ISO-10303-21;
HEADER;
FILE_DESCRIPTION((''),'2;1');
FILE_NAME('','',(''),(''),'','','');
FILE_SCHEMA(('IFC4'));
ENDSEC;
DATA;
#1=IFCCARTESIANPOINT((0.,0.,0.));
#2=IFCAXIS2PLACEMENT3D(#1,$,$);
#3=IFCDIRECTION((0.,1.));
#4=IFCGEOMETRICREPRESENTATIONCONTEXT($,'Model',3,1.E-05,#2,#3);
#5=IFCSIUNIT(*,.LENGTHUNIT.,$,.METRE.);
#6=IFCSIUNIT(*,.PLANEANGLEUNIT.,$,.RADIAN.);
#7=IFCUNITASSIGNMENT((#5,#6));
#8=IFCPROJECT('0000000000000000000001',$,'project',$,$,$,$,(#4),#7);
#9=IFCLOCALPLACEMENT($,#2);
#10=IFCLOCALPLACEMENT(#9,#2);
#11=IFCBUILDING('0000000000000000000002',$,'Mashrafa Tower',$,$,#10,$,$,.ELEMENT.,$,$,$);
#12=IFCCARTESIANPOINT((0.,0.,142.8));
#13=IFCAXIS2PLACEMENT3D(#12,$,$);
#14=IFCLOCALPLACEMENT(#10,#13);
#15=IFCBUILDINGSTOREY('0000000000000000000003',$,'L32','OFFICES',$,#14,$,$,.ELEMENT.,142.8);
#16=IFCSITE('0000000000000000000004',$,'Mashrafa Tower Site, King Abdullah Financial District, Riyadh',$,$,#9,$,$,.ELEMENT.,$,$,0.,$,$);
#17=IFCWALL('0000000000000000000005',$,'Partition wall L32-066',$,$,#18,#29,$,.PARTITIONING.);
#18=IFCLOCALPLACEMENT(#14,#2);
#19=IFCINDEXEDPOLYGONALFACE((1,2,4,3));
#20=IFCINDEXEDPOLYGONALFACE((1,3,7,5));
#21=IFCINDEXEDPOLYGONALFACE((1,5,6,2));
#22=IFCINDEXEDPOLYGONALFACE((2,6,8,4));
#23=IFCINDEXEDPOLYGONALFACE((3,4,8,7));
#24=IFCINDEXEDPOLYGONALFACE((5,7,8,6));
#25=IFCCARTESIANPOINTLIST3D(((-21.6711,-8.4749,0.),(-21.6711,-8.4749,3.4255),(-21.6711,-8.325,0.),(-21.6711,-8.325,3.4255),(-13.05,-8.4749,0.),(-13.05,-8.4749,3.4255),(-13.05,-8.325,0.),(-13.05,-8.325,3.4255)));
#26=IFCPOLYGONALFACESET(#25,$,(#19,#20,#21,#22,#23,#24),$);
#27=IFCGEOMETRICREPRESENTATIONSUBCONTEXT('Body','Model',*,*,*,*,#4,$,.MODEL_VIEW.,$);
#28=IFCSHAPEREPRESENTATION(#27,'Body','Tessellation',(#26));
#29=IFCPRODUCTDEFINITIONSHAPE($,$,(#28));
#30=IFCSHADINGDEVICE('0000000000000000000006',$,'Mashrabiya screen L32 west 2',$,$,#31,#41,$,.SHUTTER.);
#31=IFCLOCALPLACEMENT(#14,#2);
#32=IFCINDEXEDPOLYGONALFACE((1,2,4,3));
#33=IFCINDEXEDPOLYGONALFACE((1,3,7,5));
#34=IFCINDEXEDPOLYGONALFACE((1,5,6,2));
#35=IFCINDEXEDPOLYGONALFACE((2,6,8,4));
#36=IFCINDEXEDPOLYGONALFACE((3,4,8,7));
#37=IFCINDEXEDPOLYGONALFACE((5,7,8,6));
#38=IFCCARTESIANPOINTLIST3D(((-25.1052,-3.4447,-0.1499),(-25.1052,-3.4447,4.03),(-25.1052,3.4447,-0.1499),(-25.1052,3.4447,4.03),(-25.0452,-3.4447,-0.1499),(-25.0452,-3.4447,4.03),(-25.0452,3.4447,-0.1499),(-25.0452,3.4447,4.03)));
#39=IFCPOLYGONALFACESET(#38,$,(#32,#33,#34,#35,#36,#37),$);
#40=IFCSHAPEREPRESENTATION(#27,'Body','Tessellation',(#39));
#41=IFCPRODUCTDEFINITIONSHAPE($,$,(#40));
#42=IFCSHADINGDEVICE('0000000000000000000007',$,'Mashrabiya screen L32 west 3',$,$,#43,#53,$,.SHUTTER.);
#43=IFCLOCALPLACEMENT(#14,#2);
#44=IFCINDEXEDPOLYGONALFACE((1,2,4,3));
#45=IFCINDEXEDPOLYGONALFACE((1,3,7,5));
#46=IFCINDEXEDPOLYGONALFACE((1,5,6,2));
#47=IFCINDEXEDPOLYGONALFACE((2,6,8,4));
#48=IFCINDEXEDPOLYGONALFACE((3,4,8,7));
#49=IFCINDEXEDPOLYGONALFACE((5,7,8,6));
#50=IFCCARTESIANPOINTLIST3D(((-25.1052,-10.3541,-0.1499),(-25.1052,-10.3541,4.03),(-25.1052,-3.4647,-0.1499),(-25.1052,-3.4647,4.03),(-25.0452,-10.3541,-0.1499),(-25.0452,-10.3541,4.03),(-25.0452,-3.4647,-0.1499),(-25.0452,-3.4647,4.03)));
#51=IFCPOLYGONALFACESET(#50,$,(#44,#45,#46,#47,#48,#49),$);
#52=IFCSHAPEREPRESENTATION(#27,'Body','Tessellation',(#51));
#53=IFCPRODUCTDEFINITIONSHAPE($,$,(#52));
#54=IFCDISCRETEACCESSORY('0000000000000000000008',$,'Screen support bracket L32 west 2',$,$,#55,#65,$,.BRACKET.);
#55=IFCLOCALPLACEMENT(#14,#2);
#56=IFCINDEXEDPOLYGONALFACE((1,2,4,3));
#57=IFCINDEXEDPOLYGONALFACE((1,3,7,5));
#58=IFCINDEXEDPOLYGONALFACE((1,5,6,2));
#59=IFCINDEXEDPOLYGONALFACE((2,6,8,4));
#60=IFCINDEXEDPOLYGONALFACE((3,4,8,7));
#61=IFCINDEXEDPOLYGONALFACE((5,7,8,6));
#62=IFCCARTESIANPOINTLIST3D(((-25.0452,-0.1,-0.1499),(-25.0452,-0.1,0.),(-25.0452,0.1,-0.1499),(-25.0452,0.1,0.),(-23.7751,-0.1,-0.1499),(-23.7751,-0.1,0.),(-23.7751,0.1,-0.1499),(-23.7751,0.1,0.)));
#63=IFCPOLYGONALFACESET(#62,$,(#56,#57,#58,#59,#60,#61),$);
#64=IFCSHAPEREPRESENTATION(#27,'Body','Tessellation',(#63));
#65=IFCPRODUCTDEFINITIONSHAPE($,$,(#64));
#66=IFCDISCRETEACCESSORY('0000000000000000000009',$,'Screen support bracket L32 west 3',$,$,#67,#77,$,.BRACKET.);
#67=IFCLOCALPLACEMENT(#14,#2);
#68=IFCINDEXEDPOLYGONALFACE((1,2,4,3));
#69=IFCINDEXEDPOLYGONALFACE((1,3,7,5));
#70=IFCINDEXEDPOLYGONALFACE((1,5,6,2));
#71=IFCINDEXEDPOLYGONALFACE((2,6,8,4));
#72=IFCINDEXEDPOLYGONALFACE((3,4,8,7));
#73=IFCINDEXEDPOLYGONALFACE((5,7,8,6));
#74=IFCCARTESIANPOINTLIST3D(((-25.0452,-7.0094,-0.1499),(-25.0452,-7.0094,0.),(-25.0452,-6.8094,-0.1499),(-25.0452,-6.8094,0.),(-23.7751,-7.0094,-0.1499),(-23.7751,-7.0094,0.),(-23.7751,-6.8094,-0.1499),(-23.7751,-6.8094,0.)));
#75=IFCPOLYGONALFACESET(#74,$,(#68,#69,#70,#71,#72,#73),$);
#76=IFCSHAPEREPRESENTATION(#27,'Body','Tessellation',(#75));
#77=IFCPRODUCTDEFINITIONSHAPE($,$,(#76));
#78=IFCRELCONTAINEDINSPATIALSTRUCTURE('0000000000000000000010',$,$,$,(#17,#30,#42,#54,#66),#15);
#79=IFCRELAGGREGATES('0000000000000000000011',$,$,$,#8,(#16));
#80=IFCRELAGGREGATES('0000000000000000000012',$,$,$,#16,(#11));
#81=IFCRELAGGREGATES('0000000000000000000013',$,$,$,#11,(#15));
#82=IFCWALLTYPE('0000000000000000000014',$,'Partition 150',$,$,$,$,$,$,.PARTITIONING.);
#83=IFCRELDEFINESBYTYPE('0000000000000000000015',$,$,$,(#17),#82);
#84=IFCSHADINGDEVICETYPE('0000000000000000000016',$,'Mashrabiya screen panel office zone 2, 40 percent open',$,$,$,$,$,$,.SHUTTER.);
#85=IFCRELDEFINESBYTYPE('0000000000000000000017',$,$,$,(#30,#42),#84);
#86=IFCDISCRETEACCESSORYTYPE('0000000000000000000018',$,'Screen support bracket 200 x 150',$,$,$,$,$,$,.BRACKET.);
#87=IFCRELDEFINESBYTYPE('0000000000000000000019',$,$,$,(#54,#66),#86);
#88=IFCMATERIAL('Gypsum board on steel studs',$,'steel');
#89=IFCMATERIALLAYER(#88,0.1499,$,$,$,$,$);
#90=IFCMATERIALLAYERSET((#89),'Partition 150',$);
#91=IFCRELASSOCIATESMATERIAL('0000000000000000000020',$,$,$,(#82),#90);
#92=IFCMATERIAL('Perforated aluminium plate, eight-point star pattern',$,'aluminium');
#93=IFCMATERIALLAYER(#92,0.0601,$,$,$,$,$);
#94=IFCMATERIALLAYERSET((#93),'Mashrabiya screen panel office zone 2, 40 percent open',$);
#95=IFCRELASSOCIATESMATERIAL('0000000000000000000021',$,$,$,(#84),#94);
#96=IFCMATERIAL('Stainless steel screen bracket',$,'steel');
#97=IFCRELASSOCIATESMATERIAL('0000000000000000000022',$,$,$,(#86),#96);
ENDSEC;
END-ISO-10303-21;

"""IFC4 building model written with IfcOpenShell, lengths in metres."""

from ifc_helpers import new_model, si_unit, direction, frame, frame_2d, origin, origin_2d, place, context, subcontext, project, spatial, rectangle, extrude, source, transform, mapped, material, layer, layer_set, type_object, type_shapes, element, save


model = new_model("IFC4")

# Units and contexts
model_context = context("Model", 3, precision=1e-05, world=origin(), true_north=direction((0.0, 1.0)))
body_context = subcontext(model_context, "Body", "Model", "MODEL_VIEW")
ifc_project = project(units=[si_unit("LENGTHUNIT", "METRE"), si_unit("PLANEANGLEUNIT", "RADIAN")], contexts=[model_context])

# Site, building, storey
site_placement = place(None, origin())
site = spatial("IfcSite", under=ifc_project, at=site_placement, Name="Mashrafa Tower Site, King Abdullah Financial District, Riyadh", CompositionType="ELEMENT", RefElevation=0.0)
building_placement = place(site_placement, origin())
building = spatial("IfcBuilding", under=site, at=building_placement, Name="Mashrafa Tower", CompositionType="ELEMENT")
storey_placement = place(building_placement, frame((0.0, 0.0, 142.8)))
storey = spatial("IfcBuildingStorey", under=building, at=storey_placement, Name="L32", Description="OFFICES", CompositionType="ELEMENT", Elevation=142.8)

# Wall
ifc_material_1 = material(Name="Gypsum board on steel studs", Category="steel")
ifc_layer_1 = layer(ifc_material_1, 0.1499)
ifc_layer_set_1 = layer_set([ifc_layer_1], Name="Partition 150")
wall_type_1 = type_object("IfcWallType", Name="Partition 150", PredefinedType="PARTITIONING", material=ifc_layer_set_1)
wall_1_placement = place(storey_placement, frame((-21.6711, -8.3999, 0.0), z_axis=(0.0, 0.0, 1.0), x_axis=(1.0, 0.0, 0.0)))
element("IfcWall", 1, at=wall_1_placement, inside=storey, type_object=wall_type_1, Name="Partition wall L32-066", PredefinedType="PARTITIONING", context=body_context, shape_type="SweptSolid", body=[
    extrude(rectangle(XDim=8.6211, YDim=0.1499, at=frame_2d((4.3105, 0.0))), origin(), (0.0, 0.0, 1.0), 3.4255),
])

# Shading devices
ifc_material_2 = material(Name="Perforated aluminium plate, eight-point star pattern", Category="aluminium")
ifc_layer_2 = layer(ifc_material_2, 0.0601)
ifc_layer_set_2 = layer_set([ifc_layer_2], Name="Mashrabiya screen panel office zone 2, 40 percent open")
shading_device_type = type_object("IfcShadingDeviceType", Name="Mashrabiya screen panel office zone 2, 40 percent open", PredefinedType="SHUTTER", material=ifc_layer_set_2)
shared_shape_1 = source(origin(), body_context, "Body", "SweptSolid", [
    extrude(rectangle(XDim=6.8894, YDim=0.0601, at=origin_2d()), origin(), (0.0, 0.0, 1.0), 4.1799),
])
type_shapes(shading_device_type, [shared_shape_1])
for number, where, z_axis, x_axis, name in (
    (2, (-25.0752, 0.0, -0.1499), (0.0, 0.0, 1.0), (0.0, -1.0, 0.0), "Mashrabiya screen L32 west 2"),
    (3, (-25.0752, -6.9094, -0.1499), (0.0, 0.0, 1.0), (0.0, -1.0, 0.0), "Mashrabiya screen L32 west 3"),
):
    element("IfcShadingDevice", number, at=place(storey_placement, frame(where, z_axis=z_axis, x_axis=x_axis)), inside=storey, type_object=shading_device_type, Name=name, PredefinedType="SHUTTER", context=body_context, shape_type="MappedRepresentation", body=[
        mapped(shared_shape_1, transform((0.0, 0.0, 0.0))),
    ])

# Discrete accessories
ifc_material_3 = material(Name="Stainless steel screen bracket", Category="steel")
discrete_accessory_type = type_object("IfcDiscreteAccessoryType", Name="Screen support bracket 200 x 150", PredefinedType="BRACKET", material=ifc_material_3)
shared_shape_2 = source(origin(), body_context, "Body", "SweptSolid", [
    extrude(rectangle(XDim=0.2, YDim=1.27, at=origin_2d()), origin(), (0.0, 0.0, 1.0), 0.1499),
])
type_shapes(discrete_accessory_type, [shared_shape_2])
for number, where, z_axis, x_axis, name in (
    (4, (-24.4102, 0.0, -0.1499), (0.0, 0.0, 1.0), (0.0, -1.0, 0.0), "Screen support bracket L32 west 2"),
    (5, (-24.4102, -6.9094, -0.1499), (0.0, 0.0, 1.0), (0.0, -1.0, 0.0), "Screen support bracket L32 west 3"),
):
    element("IfcDiscreteAccessory", number, at=place(storey_placement, frame(where, z_axis=z_axis, x_axis=x_axis)), inside=storey, type_object=discrete_accessory_type, Name=name, PredefinedType="BRACKET", context=body_context, shape_type="MappedRepresentation", body=[
        mapped(shared_shape_2, transform((0.0, 0.0, 0.0))),
    ])

save(model, "model.ifc")
